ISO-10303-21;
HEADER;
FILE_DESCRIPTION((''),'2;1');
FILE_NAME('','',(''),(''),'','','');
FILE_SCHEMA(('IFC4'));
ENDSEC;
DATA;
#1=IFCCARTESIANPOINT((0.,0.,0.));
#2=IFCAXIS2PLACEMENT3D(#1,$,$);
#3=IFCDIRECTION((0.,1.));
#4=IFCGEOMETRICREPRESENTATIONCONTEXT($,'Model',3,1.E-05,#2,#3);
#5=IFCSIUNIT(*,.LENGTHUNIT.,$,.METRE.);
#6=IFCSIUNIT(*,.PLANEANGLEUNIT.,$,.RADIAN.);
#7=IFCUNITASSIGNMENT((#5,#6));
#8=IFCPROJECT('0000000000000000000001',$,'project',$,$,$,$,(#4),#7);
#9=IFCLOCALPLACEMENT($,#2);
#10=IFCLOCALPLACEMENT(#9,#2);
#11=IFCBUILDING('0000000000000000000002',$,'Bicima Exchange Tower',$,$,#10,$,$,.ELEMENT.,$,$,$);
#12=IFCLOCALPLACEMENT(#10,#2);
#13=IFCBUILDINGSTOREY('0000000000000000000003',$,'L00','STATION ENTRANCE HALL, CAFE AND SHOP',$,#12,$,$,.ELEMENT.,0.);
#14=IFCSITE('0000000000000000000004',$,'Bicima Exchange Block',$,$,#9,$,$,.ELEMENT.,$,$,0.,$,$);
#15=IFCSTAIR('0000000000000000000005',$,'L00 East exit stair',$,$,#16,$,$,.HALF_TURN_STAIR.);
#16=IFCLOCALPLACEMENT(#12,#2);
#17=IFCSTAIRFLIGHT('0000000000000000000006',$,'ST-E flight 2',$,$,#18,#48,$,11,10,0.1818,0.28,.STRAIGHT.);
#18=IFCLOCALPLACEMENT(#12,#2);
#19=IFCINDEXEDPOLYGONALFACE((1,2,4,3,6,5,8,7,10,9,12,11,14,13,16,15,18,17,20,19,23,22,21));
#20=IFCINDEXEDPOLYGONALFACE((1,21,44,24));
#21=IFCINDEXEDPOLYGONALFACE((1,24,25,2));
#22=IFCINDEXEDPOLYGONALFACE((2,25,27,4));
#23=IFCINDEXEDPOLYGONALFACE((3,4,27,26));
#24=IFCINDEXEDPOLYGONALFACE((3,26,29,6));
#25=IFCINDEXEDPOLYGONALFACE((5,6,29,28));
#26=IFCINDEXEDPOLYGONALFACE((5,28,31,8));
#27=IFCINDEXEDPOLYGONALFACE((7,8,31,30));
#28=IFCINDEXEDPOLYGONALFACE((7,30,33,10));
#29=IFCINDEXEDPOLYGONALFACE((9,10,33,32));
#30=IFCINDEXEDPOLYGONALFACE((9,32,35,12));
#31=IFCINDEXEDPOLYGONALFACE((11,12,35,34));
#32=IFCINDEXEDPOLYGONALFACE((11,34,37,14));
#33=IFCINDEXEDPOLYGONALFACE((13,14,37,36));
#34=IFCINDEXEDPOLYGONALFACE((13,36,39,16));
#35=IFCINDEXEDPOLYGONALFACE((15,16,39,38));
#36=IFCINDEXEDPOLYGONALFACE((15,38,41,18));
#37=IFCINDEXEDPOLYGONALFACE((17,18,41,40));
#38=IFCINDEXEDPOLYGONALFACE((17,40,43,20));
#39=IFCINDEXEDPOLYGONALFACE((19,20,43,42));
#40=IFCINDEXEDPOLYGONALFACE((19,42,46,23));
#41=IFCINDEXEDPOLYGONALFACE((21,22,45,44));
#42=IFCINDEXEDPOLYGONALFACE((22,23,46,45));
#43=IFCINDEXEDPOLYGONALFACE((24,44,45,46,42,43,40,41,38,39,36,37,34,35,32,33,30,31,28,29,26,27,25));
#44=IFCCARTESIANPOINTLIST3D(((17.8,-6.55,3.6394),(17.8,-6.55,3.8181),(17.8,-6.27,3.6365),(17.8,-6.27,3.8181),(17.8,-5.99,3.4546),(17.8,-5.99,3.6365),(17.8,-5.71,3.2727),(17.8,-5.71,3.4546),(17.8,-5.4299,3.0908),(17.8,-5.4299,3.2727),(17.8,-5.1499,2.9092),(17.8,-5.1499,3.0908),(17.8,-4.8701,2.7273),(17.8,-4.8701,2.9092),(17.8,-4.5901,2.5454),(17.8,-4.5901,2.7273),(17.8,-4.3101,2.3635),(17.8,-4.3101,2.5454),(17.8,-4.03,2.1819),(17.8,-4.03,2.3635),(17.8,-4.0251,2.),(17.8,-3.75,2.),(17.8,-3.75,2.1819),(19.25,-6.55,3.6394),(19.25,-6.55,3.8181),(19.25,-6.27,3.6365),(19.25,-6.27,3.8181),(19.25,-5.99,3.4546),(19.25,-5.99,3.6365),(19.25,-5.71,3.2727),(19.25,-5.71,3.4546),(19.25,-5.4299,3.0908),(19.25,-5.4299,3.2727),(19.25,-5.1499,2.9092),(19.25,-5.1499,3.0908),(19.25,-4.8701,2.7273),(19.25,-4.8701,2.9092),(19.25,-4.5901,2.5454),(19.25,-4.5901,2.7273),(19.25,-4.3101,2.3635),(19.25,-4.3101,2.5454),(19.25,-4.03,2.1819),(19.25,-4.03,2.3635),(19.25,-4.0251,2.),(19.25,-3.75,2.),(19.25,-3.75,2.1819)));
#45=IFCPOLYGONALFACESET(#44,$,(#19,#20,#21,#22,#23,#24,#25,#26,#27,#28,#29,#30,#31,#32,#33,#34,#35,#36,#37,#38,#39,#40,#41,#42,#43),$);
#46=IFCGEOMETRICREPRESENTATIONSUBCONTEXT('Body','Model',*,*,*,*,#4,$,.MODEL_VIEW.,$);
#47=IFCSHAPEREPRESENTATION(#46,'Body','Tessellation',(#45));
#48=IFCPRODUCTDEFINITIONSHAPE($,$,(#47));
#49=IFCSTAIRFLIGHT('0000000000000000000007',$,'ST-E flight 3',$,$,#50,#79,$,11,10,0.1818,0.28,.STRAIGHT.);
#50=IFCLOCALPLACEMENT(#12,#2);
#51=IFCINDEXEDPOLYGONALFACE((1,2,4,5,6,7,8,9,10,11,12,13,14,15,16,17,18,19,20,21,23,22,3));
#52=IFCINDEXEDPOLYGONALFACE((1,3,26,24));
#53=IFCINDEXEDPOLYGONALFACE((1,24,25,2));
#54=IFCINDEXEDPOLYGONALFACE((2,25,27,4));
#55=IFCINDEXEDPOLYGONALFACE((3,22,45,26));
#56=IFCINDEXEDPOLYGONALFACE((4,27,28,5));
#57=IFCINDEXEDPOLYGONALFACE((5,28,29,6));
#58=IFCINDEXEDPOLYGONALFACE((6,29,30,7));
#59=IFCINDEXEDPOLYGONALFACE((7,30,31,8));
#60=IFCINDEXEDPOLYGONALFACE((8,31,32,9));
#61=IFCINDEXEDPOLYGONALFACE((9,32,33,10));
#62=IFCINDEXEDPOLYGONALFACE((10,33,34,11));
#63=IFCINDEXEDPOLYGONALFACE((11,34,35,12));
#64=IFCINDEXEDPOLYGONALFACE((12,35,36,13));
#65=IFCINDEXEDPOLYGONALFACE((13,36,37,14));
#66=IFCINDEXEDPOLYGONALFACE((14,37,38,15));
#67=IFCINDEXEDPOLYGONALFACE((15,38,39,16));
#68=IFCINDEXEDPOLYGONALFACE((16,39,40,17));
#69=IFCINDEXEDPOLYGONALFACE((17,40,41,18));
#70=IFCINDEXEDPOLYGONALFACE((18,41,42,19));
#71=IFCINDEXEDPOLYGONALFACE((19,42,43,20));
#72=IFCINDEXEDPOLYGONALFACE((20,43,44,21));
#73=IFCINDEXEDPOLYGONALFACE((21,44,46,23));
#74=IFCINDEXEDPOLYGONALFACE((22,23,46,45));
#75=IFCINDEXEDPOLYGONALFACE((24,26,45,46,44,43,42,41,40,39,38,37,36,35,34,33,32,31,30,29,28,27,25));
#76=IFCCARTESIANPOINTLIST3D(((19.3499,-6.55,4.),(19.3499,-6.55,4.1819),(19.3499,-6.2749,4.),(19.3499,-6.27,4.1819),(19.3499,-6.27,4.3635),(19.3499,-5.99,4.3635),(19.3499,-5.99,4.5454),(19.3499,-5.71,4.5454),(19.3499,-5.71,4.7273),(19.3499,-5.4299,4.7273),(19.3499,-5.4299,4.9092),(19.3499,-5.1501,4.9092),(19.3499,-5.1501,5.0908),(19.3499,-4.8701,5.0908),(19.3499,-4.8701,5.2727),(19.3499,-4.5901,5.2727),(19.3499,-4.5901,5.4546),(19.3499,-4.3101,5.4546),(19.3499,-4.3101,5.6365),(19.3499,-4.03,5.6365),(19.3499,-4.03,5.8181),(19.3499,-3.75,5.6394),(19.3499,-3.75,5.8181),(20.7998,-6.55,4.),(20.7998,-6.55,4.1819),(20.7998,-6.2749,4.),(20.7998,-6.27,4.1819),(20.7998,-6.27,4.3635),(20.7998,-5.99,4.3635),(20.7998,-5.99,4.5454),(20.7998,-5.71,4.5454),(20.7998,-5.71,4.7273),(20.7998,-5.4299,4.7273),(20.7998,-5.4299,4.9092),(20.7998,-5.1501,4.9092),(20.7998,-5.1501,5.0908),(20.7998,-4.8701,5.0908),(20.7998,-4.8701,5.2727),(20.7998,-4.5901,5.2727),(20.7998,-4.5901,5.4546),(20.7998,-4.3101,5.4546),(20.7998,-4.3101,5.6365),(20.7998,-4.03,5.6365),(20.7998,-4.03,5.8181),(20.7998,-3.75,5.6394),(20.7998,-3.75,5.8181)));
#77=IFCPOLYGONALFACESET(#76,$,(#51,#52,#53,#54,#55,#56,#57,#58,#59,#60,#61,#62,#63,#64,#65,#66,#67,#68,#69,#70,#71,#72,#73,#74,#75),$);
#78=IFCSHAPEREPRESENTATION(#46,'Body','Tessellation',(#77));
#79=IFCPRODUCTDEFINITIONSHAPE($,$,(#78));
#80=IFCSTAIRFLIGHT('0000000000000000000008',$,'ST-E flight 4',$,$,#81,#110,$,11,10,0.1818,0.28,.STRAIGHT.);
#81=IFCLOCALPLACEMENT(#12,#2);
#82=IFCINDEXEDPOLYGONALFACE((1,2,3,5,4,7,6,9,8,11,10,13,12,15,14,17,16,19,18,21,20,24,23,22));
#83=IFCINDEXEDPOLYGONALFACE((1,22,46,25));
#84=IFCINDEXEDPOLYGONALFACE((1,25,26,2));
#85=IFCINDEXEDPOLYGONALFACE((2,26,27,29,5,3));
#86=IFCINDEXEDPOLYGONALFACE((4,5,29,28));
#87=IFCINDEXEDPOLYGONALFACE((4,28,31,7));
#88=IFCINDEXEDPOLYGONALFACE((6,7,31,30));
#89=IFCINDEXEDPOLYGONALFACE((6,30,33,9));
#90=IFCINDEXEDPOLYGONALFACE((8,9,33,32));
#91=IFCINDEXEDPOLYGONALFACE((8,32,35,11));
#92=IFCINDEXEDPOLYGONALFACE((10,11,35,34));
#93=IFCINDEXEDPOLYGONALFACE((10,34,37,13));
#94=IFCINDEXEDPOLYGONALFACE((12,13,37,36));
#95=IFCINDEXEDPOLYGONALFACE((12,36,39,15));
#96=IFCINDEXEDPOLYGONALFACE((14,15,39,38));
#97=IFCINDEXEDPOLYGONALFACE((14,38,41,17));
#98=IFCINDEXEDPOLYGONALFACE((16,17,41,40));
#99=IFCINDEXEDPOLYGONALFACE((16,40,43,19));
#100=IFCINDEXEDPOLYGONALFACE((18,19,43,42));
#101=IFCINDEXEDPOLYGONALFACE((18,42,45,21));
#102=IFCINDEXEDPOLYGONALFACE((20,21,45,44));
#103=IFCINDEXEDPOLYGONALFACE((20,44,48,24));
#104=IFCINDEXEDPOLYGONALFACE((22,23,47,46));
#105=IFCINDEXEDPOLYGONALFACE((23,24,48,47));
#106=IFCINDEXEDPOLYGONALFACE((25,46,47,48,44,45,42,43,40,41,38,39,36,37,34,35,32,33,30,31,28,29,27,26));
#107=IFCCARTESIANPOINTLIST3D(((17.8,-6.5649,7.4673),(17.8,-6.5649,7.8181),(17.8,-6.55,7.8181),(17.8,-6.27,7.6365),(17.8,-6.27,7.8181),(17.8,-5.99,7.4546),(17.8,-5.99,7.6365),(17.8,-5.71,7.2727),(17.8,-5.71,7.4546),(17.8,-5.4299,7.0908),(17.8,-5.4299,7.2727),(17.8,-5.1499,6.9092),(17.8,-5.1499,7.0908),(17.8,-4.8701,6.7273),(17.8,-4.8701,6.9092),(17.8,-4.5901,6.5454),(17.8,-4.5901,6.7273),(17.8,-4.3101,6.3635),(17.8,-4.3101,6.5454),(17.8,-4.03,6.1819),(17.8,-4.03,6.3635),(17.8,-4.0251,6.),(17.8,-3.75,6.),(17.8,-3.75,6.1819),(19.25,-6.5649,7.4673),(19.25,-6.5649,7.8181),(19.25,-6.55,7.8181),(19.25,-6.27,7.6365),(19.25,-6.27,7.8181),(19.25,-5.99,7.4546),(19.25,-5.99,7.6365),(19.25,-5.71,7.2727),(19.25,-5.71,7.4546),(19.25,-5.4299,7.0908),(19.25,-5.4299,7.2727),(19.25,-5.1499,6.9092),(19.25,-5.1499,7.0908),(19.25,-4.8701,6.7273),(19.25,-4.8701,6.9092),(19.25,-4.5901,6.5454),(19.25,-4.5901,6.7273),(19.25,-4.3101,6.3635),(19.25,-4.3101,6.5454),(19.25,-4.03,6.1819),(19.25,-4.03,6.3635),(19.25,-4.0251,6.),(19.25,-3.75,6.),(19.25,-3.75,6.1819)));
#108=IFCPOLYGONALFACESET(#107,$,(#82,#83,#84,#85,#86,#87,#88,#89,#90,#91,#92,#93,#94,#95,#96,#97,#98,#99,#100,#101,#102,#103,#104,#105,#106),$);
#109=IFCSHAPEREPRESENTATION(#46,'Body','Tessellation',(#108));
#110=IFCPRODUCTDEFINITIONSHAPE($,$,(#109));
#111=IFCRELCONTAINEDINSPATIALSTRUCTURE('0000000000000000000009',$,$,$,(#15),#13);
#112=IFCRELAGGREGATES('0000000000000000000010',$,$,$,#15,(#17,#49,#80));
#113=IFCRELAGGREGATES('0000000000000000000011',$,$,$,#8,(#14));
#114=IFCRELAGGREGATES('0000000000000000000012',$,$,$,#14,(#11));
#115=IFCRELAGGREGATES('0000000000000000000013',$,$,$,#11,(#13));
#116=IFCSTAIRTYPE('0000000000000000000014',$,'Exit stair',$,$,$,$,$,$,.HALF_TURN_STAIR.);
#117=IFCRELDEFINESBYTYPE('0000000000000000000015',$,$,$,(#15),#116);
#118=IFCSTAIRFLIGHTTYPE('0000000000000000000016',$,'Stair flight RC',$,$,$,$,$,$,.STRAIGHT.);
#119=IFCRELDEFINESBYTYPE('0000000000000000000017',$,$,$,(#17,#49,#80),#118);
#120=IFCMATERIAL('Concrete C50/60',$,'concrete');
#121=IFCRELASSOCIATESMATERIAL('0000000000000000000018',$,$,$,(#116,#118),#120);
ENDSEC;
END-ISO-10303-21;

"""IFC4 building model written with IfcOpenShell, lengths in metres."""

from ifc_helpers import new_model, si_unit, direction, frame, origin, place, context, subcontext, project, spatial, polyline, outline, extrude, material, type_object, element, aggregate, save


model = new_model("IFC4")

# Units and contexts
model_context = context("Model", 3, precision=1e-05, world=origin(), true_north=direction((0.0, 1.0)))
body_context = subcontext(model_context, "Body", "Model", "MODEL_VIEW")
ifc_project = project(units=[si_unit("LENGTHUNIT", "METRE"), si_unit("PLANEANGLEUNIT", "RADIAN")], contexts=[model_context])

# Site, building, storey
site_placement = place(None, origin())
site = spatial("IfcSite", under=ifc_project, at=site_placement, Name="Bicima Exchange Block", CompositionType="ELEMENT", RefElevation=0.0)
building_placement = place(site_placement, origin())
building = spatial("IfcBuilding", under=site, at=building_placement, Name="Bicima Exchange Tower", CompositionType="ELEMENT")
storey_placement = place(building_placement, origin())
storey = spatial("IfcBuildingStorey", under=building, at=storey_placement, Name="L00", Description="STATION ENTRANCE HALL, CAFE AND SHOP", CompositionType="ELEMENT", Elevation=0.0)

# Shared definitions
ifc_material_1 = material(Name="Concrete C50/60", Category="concrete")

# Stair, stair flights
stair_type = type_object("IfcStairType", Name="Exit stair", PredefinedType="HALF_TURN_STAIR", material=ifc_material_1)
stair_placement = place(storey_placement, origin())
stair = element("IfcStair", 1, at=stair_placement, inside=storey, type_object=stair_type, Name="L00 East exit stair", PredefinedType="HALF_TURN_STAIR")
stair_flight_type = type_object("IfcStairFlightType", Name="Stair flight RC", PredefinedType="STRAIGHT", material=ifc_material_1)
stair_flight_1_placement = place(storey_placement, frame((18.5249, -3.75, 2.0), z_axis=(0.0, 0.0, 1.0), x_axis=(0.0, -1.0, 0.0)))
stair_flight_1 = element("IfcStairFlight", 2, at=stair_flight_1_placement, type_object=stair_flight_type, Name="ST-E flight 2", NumberOfRisers=11, NumberOfTreads=10, PredefinedType="STRAIGHT", RiserHeight=0.1818, TreadLength=0.28, context=body_context, shape_type="SweptSolid", body=[
    extrude(outline(polyline([(0.0, 0.0), (0.0, 0.1819), (0.28, 0.1819), (0.28, 0.3635), (0.5601, 0.3635), (0.5601, 0.5454), (0.8401, 0.5454), (0.8401, 0.7273), (1.1201, 0.7273), (1.1201, 0.9092), (1.3999, 0.9092), (1.3999, 1.0908), (1.6799, 1.0908), (1.6799, 1.2727), (1.96, 1.2727), (1.96, 1.4546), (2.24, 1.4546), (2.24, 1.6365), (2.52, 1.6365), (2.52, 1.8181), (2.8, 1.8181), (2.8, 2.0), (2.8, 1.6394), (0.2751, 0.0), (0.0, 0.0)])), frame((0.0, 0.7251, 0.0), z_axis=(0.0, -1.0, 0.0), x_axis=(1.0, 0.0, 0.0)), (0.0, 0.0, 1.0), 1.45),
])
stair_flight_2_placement = place(storey_placement, frame((20.075, -6.55, 4.0), z_axis=(0.0, 0.0, 1.0), x_axis=(0.0, 1.0, 0.0)))
stair_flight_2 = element("IfcStairFlight", 3, at=stair_flight_2_placement, type_object=stair_flight_type, Name="ST-E flight 3", NumberOfRisers=11, NumberOfTreads=10, PredefinedType="STRAIGHT", RiserHeight=0.1818, TreadLength=0.28, context=body_context, shape_type="SweptSolid", body=[
    extrude(outline(polyline([(0.0, 0.0), (0.0, 0.1819), (0.28, 0.1819), (0.28, 0.3635), (0.5601, 0.3635), (0.5601, 0.5454), (0.8401, 0.5454), (0.8401, 0.7273), (1.1201, 0.7273), (1.1201, 0.9092), (1.3999, 0.9092), (1.3999, 1.0908), (1.6799, 1.0908), (1.6799, 1.2727), (1.96, 1.2727), (1.96, 1.4546), (2.24, 1.4546), (2.24, 1.6365), (2.52, 1.6365), (2.52, 1.8181), (2.8, 1.8181), (2.8, 2.0), (2.8, 1.6394), (0.2751, 0.0), (0.0, 0.0)])), frame((0.0, 0.7251, 0.0), z_axis=(0.0, -1.0, 0.0), x_axis=(1.0, 0.0, 0.0)), (0.0, 0.0, 1.0), 1.45),
])
stair_flight_3_placement = place(storey_placement, frame((18.5249, -3.75, 6.0), z_axis=(0.0, 0.0, 1.0), x_axis=(0.0, -1.0, 0.0)))
stair_flight_3 = element("IfcStairFlight", 4, at=stair_flight_3_placement, type_object=stair_flight_type, Name="ST-E flight 4", NumberOfRisers=11, NumberOfTreads=10, PredefinedType="STRAIGHT", RiserHeight=0.1818, TreadLength=0.28, context=body_context, shape_type="SweptSolid", body=[
    extrude(outline(polyline([(0.0, 0.0), (0.0, 0.1819), (0.28, 0.1819), (0.28, 0.3635), (0.5601, 0.3635), (0.5601, 0.5454), (0.8401, 0.5454), (0.8401, 0.7273), (1.1201, 0.7273), (1.1201, 0.9092), (1.3999, 0.9092), (1.3999, 1.0908), (1.6799, 1.0908), (1.6799, 1.2727), (1.96, 1.2727), (1.96, 1.4546), (2.24, 1.4546), (2.24, 1.6365), (2.52, 1.6365), (2.52, 1.8181), (2.8, 1.8181), (2.8149, 1.8181), (2.8149, 1.4673), (0.2751, 0.0), (0.0, 0.0)])), frame((0.0, 0.7251, 0.0), z_axis=(0.0, -1.0, 0.0), x_axis=(1.0, 0.0, 0.0)), (0.0, 0.0, 1.0), 1.45),
])
aggregate(stair, [stair_flight_1, stair_flight_2, stair_flight_3])

save(model, "model.ifc")
